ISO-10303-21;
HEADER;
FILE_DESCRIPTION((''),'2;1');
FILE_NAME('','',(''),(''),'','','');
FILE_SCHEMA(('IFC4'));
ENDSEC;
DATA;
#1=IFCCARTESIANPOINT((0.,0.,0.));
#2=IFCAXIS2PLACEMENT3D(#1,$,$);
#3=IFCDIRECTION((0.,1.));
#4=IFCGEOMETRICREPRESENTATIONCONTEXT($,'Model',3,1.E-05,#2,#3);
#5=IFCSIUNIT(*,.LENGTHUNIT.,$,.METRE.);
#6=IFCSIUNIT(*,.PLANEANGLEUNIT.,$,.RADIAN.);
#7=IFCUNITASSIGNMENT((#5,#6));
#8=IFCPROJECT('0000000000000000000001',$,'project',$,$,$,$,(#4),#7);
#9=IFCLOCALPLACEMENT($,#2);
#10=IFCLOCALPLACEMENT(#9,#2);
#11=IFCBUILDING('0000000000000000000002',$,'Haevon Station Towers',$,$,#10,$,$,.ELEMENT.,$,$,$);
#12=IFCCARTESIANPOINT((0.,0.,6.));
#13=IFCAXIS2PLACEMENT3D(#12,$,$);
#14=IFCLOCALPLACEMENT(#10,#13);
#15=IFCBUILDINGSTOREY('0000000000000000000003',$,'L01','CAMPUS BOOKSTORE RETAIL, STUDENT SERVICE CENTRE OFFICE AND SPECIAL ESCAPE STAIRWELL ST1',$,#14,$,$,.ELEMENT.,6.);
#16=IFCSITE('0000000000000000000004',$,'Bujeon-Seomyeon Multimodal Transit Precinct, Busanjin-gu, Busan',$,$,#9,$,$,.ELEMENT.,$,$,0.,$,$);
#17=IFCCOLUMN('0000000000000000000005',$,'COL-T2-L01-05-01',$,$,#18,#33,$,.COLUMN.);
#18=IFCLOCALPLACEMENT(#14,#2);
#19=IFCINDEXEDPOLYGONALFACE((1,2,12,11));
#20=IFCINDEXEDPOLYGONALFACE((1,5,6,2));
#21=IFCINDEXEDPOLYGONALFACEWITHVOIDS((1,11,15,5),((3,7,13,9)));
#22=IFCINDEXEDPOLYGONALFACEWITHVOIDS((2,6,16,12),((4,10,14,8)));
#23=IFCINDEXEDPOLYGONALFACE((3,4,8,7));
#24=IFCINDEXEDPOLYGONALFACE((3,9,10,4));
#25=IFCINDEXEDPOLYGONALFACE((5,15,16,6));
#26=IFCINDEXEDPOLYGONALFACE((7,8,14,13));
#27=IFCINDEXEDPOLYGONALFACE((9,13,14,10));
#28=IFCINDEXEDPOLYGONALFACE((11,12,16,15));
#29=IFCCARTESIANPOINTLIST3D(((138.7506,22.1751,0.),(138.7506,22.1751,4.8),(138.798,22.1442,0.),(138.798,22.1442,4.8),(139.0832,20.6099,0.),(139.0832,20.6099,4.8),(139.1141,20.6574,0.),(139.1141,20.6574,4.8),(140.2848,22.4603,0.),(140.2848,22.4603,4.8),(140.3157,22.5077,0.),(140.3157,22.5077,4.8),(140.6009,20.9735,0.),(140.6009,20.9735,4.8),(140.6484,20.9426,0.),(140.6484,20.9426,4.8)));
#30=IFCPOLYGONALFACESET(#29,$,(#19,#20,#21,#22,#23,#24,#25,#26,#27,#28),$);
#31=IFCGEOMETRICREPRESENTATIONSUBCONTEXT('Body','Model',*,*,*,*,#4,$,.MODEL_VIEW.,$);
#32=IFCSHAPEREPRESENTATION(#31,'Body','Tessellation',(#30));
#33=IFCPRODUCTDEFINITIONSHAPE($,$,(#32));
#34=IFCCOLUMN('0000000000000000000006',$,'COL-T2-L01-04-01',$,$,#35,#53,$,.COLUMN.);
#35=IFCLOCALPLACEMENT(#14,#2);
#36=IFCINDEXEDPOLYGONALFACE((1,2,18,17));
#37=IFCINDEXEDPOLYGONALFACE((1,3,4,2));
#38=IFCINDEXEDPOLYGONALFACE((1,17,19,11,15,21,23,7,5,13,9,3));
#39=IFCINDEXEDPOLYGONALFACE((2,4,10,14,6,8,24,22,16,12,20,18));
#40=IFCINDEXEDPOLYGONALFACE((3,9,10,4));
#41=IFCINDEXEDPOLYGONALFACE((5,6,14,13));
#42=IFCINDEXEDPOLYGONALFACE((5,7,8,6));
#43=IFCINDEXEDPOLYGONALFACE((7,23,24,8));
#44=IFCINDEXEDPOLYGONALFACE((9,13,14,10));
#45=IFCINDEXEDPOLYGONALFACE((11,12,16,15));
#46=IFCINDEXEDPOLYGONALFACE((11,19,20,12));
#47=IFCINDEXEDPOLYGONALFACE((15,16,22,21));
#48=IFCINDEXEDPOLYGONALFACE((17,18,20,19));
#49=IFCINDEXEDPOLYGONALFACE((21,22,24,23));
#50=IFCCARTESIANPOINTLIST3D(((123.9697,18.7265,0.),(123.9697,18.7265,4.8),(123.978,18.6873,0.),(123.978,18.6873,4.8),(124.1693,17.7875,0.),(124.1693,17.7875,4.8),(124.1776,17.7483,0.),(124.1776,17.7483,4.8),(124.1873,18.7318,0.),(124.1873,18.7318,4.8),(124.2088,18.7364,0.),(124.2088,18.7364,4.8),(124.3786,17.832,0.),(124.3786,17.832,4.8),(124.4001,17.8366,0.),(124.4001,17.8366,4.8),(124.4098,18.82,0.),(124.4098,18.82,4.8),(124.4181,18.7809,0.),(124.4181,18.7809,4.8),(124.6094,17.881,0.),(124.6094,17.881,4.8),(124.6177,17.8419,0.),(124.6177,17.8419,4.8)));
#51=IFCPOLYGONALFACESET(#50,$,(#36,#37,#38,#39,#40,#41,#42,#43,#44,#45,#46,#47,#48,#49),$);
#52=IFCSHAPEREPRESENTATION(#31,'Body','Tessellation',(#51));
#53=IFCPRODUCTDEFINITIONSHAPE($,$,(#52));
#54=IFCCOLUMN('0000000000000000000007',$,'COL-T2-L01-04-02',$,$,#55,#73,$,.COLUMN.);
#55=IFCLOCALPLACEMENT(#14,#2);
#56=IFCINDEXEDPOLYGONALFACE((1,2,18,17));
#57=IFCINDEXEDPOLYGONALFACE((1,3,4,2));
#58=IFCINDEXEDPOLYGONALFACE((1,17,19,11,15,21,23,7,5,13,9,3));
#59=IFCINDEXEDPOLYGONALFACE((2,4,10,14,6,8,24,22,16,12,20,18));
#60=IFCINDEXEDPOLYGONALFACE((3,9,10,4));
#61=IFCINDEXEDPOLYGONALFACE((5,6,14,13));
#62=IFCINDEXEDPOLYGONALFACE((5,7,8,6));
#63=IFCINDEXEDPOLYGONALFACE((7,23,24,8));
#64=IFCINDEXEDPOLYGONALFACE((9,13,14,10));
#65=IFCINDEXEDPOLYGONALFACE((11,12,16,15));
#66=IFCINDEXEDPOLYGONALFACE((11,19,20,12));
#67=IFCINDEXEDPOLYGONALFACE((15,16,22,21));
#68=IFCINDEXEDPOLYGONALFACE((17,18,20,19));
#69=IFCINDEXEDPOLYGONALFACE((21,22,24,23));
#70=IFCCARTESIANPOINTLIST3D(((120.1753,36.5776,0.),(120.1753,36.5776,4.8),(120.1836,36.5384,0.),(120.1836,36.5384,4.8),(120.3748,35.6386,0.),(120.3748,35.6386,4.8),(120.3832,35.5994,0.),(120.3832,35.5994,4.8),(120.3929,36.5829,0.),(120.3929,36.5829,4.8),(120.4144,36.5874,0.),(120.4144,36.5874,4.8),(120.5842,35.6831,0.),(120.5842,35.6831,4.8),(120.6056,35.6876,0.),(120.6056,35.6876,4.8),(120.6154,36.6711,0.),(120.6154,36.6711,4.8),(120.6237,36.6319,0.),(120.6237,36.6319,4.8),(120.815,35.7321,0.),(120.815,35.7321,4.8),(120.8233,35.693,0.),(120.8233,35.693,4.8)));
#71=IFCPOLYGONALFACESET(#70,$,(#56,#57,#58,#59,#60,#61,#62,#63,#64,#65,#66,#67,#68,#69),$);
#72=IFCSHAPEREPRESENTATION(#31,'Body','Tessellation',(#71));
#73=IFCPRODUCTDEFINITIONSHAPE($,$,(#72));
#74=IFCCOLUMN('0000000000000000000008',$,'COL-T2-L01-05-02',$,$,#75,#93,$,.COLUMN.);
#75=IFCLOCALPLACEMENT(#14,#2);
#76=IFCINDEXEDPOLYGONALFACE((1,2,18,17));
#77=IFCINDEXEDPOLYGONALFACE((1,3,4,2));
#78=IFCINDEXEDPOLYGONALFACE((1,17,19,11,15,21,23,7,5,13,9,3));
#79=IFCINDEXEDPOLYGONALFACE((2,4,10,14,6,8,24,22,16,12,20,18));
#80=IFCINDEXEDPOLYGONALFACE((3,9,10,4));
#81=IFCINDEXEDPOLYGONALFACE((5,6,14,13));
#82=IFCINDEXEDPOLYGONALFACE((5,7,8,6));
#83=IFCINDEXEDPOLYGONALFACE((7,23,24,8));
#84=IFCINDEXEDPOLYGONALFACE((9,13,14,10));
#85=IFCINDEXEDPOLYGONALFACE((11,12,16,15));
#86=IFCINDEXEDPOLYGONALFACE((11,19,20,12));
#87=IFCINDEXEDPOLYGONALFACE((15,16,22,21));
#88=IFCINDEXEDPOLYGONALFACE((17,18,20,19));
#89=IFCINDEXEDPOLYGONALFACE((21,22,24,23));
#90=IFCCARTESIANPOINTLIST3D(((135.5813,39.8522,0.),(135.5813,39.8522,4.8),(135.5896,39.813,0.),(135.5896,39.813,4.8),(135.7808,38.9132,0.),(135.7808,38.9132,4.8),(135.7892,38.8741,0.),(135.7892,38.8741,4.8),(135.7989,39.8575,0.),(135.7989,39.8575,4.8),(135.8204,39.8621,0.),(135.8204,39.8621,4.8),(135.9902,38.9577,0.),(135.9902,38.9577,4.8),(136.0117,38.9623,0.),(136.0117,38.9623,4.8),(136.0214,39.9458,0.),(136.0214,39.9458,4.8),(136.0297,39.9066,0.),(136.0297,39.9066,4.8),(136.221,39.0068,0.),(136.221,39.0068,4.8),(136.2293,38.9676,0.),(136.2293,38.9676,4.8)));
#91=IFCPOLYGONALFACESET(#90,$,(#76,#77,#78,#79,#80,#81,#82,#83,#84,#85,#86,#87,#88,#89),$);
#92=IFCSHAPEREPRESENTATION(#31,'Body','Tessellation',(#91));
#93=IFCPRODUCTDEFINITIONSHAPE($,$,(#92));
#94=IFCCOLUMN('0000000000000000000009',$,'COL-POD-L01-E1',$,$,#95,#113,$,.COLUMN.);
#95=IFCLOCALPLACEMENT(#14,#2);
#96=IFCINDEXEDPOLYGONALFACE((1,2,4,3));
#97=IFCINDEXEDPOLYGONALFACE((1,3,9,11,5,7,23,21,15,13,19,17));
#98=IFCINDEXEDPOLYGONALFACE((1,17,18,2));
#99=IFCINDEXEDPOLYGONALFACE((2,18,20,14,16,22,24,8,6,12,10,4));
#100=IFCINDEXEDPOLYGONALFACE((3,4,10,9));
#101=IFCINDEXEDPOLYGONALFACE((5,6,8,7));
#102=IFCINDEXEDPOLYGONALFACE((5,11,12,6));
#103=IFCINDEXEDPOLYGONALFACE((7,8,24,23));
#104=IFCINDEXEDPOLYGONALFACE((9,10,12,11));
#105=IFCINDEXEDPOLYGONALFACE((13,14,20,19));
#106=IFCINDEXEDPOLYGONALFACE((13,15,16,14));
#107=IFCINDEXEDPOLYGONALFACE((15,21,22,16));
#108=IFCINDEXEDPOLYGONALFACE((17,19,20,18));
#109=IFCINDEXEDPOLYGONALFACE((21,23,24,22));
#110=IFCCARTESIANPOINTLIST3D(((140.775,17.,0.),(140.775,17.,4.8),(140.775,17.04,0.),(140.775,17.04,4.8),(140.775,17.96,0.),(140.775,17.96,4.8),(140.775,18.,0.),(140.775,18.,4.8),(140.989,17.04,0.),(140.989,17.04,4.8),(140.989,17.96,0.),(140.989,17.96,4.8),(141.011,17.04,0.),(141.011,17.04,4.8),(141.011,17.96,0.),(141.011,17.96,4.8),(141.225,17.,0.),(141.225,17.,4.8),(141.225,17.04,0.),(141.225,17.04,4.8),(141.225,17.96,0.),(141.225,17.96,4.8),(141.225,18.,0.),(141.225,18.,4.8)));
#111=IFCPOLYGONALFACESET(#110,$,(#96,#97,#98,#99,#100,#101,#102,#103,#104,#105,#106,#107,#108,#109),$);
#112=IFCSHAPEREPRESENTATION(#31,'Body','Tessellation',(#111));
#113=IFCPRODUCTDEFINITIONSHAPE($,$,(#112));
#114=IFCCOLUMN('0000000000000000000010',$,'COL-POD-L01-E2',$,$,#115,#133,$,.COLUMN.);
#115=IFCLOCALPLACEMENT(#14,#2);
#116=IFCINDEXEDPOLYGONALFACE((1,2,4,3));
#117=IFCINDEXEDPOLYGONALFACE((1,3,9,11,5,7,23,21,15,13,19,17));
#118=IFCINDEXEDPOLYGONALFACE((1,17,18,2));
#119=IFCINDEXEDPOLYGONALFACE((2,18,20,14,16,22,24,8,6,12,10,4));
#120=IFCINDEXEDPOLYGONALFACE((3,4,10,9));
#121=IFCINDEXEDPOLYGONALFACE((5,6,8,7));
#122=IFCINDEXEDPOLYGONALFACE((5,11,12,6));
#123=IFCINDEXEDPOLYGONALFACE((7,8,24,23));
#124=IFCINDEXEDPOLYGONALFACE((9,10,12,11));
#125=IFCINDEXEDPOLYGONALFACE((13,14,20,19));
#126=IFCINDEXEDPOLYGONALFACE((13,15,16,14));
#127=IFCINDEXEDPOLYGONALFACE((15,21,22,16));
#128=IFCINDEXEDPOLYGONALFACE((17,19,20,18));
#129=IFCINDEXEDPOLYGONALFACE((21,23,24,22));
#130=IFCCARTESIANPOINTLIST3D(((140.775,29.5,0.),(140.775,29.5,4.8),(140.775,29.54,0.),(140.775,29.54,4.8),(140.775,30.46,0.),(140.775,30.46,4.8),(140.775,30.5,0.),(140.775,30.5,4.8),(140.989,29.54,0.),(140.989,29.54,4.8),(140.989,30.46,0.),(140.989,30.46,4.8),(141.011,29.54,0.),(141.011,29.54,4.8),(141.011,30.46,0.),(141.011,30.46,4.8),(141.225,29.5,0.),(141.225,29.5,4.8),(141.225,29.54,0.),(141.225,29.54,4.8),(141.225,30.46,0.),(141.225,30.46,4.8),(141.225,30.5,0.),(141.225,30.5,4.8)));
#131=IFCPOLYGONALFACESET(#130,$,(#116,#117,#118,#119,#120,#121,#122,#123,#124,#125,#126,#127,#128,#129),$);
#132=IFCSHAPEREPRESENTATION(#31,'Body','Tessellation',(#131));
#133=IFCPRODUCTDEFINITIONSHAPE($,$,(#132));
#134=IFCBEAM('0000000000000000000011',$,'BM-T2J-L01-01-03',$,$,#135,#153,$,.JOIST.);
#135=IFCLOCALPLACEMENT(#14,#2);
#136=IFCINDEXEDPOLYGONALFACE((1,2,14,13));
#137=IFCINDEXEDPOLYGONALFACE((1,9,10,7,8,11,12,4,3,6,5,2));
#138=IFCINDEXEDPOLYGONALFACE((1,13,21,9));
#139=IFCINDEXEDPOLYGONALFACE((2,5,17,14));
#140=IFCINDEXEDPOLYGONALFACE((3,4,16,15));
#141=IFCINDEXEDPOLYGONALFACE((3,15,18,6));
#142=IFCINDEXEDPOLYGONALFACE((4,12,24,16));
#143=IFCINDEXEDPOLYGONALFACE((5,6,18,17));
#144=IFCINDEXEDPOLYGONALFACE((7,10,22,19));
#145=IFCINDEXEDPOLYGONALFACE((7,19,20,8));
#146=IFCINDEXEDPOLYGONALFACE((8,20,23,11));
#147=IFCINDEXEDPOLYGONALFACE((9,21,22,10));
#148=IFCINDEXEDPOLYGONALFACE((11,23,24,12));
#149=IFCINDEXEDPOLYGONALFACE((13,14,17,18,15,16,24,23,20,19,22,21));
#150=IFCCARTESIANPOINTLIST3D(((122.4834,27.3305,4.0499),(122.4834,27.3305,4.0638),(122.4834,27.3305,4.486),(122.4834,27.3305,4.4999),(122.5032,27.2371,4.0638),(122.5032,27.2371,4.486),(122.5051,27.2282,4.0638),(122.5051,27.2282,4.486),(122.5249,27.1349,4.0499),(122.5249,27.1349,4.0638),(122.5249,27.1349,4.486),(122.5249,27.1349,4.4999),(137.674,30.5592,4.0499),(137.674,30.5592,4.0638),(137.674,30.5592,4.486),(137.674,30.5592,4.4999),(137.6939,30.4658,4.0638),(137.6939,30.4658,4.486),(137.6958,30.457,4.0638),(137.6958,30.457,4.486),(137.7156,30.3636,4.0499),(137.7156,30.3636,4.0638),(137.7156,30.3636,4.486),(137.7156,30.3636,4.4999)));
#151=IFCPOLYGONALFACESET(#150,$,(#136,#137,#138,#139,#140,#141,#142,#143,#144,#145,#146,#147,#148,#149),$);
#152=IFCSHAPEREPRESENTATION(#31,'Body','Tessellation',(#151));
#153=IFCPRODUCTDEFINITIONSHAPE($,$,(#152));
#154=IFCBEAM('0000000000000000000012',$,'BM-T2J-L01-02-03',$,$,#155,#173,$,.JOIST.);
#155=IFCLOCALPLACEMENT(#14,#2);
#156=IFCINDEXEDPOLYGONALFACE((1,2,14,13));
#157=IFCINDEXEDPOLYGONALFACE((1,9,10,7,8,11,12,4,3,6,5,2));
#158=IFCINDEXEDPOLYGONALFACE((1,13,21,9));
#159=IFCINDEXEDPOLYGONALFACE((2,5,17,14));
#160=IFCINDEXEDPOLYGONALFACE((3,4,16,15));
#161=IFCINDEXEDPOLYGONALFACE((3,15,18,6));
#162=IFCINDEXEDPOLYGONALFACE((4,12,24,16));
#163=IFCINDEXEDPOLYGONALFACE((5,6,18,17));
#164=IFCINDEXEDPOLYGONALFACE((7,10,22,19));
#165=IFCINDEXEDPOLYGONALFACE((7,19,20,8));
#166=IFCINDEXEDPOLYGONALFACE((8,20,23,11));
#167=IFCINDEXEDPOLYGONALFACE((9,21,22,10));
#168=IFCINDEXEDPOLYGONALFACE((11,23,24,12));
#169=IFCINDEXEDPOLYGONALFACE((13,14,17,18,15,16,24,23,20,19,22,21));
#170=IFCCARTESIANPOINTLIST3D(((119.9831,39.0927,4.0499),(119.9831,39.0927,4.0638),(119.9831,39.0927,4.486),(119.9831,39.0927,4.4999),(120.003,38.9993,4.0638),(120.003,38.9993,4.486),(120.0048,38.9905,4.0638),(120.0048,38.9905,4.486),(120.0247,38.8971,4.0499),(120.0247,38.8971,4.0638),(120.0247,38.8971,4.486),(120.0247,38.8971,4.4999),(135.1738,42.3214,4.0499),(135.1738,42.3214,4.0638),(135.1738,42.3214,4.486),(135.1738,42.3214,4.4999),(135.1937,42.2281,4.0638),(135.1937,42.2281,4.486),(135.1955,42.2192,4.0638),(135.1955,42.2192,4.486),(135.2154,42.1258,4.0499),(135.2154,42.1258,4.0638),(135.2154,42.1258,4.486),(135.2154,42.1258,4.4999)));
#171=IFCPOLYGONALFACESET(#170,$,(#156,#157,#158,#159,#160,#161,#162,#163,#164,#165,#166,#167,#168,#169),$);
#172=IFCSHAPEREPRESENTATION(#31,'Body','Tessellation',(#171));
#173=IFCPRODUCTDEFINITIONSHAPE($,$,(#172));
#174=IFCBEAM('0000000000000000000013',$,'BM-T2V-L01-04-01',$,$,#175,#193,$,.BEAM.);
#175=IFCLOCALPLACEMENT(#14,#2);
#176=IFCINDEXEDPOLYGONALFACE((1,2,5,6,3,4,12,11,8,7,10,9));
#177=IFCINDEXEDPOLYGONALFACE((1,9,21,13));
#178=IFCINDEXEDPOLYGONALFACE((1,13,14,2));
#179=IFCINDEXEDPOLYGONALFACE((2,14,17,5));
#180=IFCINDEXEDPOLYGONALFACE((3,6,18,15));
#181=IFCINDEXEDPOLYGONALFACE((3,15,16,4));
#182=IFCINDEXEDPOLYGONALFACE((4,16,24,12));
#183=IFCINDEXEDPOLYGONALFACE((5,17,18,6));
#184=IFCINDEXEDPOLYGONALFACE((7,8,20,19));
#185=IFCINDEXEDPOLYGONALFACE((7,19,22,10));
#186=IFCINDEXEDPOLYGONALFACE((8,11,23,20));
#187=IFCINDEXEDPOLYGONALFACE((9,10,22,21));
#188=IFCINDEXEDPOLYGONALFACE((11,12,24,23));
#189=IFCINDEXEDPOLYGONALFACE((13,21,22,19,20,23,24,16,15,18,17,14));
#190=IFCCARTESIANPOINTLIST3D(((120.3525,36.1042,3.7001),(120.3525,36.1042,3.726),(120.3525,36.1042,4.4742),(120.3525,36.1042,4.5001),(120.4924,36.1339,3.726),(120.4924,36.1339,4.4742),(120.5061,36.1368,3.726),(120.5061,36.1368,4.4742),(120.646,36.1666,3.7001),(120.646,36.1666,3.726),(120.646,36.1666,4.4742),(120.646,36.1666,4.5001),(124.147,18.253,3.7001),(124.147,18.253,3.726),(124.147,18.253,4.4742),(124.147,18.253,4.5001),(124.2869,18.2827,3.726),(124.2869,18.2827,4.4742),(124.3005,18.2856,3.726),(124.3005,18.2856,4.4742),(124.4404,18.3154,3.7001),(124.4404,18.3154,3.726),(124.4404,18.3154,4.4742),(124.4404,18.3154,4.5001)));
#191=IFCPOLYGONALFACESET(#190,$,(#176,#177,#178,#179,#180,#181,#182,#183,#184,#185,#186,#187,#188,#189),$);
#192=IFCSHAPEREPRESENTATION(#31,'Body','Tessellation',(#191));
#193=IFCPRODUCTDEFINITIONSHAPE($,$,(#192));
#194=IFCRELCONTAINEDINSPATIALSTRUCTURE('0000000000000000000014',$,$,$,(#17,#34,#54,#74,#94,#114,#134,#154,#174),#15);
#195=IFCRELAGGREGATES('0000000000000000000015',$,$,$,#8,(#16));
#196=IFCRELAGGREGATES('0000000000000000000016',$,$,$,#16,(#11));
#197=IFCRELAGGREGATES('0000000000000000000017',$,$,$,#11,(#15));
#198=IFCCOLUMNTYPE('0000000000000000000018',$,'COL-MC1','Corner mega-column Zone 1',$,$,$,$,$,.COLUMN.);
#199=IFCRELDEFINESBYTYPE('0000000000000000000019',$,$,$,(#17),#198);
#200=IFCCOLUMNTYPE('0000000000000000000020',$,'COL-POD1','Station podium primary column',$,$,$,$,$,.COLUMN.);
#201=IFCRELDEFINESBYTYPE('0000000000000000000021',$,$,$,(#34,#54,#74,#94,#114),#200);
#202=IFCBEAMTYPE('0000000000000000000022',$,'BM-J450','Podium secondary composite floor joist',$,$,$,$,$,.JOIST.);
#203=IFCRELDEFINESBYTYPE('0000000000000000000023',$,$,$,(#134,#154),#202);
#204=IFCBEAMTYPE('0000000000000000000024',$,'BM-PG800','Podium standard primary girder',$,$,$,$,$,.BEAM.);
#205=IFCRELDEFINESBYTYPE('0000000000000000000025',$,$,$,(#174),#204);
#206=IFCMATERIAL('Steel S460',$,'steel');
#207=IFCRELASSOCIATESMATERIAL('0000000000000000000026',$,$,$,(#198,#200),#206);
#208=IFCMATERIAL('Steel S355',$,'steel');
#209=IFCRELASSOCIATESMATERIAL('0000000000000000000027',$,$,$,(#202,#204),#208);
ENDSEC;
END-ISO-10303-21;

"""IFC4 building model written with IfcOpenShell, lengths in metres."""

from ifc_helpers import new_model, si_unit, direction, frame, origin, origin_2d, place, context, subcontext, project, spatial, hollow_rectangle, i_section, extrude, material, material_profile, profile_set, type_object, element, save


model = new_model("IFC4")

# Units and contexts
model_context = context("Model", 3, precision=1e-05, world=origin(), true_north=direction((0.0, 1.0)))
body_context = subcontext(model_context, "Body", "Model", "MODEL_VIEW")
ifc_project = project(units=[si_unit("LENGTHUNIT", "METRE"), si_unit("PLANEANGLEUNIT", "RADIAN")], contexts=[model_context])

# Site, building, storey
site_placement = place(None, origin())
site = spatial("IfcSite", under=ifc_project, at=site_placement, Name="Bujeon-Seomyeon Multimodal Transit Precinct, Busanjin-gu, Busan", CompositionType="ELEMENT", RefElevation=0.0)
building_placement = place(site_placement, origin())
building = spatial("IfcBuilding", under=site, at=building_placement, Name="Haevon Station Towers", CompositionType="ELEMENT")
storey_placement = place(building_placement, frame((0.0, 0.0, 6.0)))
storey = spatial("IfcBuildingStorey", under=building, at=storey_placement, Name="L01", Description="CAMPUS BOOKSTORE RETAIL, STUDENT SERVICE CENTRE OFFICE AND SPECIAL ESCAPE STAIRWELL ST1", CompositionType="ELEMENT", Elevation=6.0)

# Columns
ifc_material_1 = material(Name="Steel S460", Category="steel")
ifc_material_profile_1 = material_profile(ifc_material_1, hollow_rectangle(XDim=1.6001, YDim=1.6001, WallThickness=0.04, at=origin_2d()), Name="BOX-1600x1600x40")
ifc_profile_set_1 = profile_set([ifc_material_profile_1], Name="Steel S460")
column_type_1 = type_object("IfcColumnType", Name="COL-MC1", Description="Corner mega-column Zone 1", PredefinedType="COLUMN", material=ifc_profile_set_1)
column_placement = place(storey_placement, frame((139.6995, 21.5588, 0.0), z_axis=(0.0, 0.0, 1.0), x_axis=(0.978148, 0.207912, 0.0)))
element("IfcColumn", 1, at=column_placement, inside=storey, type_object=column_type_1, Name="COL-T2-L01-05-01", PredefinedType="COLUMN", context=body_context, shape_type="SweptSolid", body=[
    extrude(hollow_rectangle(XDim=1.6001, YDim=1.6001, WallThickness=0.04, at=origin_2d()), origin(), (0.0, 0.0, 1.0), 4.8),
])
ifc_material_profile_2 = material_profile(ifc_material_1, i_section(OverallWidth=0.45, OverallDepth=1.0, WebThickness=0.022, FlangeThickness=0.04, at=origin_2d()), Name="H-1000x450x22x40")
ifc_profile_set_2 = profile_set([ifc_material_profile_2], Name="Steel S460")
column_type_2 = type_object("IfcColumnType", Name="COL-POD1", Description="Station podium primary column", PredefinedType="COLUMN", material=ifc_profile_set_2)
for number, where, z_axis, x_axis, name in (
    (2, (124.2937, 18.2842, 0.0), (0.0, 0.0, 1.0), (0.978148, 0.207912, 0.0), "COL-T2-L01-04-01"),
    (3, (120.4993, 36.1353, 0.0), (0.0, 0.0, 1.0), (0.978148, 0.207912, 0.0), "COL-T2-L01-04-02"),
    (4, (135.9053, 39.4099, 0.0), (0.0, 0.0, 1.0), (0.978148, 0.207912, 0.0), "COL-T2-L01-05-02"),
    (5, (141.0, 17.5, 0.0), (0.0, 0.0, 1.0), (1.0, 0.0, 0.0), "COL-POD-L01-E1"),
    (6, (141.0, 30.0, 0.0), (0.0, 0.0, 1.0), (1.0, 0.0, 0.0), "COL-POD-L01-E2"),
):
    element("IfcColumn", number, at=place(storey_placement, frame(where, z_axis=z_axis, x_axis=x_axis)), inside=storey, type_object=column_type_2, Name=name, PredefinedType="COLUMN", context=body_context, shape_type="SweptSolid", body=[
        extrude(i_section(OverallWidth=0.45, OverallDepth=1.0, WebThickness=0.022, FlangeThickness=0.04, at=origin_2d()), origin(), (0.0, 0.0, 1.0), 4.8),
    ])

# Beams
ifc_material_2 = material(Name="Steel S355", Category="steel")
ifc_material_profile_3 = material_profile(ifc_material_2, i_section(OverallWidth=0.2, OverallDepth=0.45, WebThickness=0.009, FlangeThickness=0.0139, at=origin_2d()), Name="H-450x200x9x14")
ifc_profile_set_3 = profile_set([ifc_material_profile_3], Name="Steel S355")
beam_type_1 = type_object("IfcBeamType", Name="BM-J450", Description="Podium secondary composite floor joist", PredefinedType="JOIST", material=ifc_profile_set_3)
for number, where, z_axis, x_axis, name in (
    (7, (122.5042, 27.2327, 4.2749), (0.978149, 0.207904, 0.0), (-0.207904, 0.978149, 0.0), "BM-T2J-L01-01-03"),
    (8, (120.0039, 38.9949, 4.2749), (0.978149, 0.207904, 0.0), (-0.207904, 0.978149, 0.0), "BM-T2J-L01-02-03"),
):
    element("IfcBeam", number, at=place(storey_placement, frame(where, z_axis=z_axis, x_axis=x_axis)), inside=storey, type_object=beam_type_1, Name=name, PredefinedType="JOIST", context=body_context, shape_type="SweptSolid", body=[
        extrude(i_section(OverallWidth=0.2, OverallDepth=0.45, WebThickness=0.009, FlangeThickness=0.0139, at=origin_2d()), origin(), (0.0, 0.0, 1.0), 15.53),
    ])
ifc_material_profile_4 = material_profile(ifc_material_2, i_section(OverallWidth=0.3, OverallDepth=0.8, WebThickness=0.0139, FlangeThickness=0.0259, at=origin_2d()), Name="H-800x300x14x26")
ifc_profile_set_4 = profile_set([ifc_material_profile_4], Name="Steel S355")
beam_type_2 = type_object("IfcBeamType", Name="BM-PG800", Description="Podium standard primary girder", PredefinedType="BEAM", material=ifc_profile_set_4)
beam_1_placement = place(storey_placement, frame((124.2937, 18.2842, 4.1001), z_axis=(-0.207915, 0.978147, 0.0), x_axis=(-0.978147, -0.207915, 0.0)))
element("IfcBeam", 9, at=beam_1_placement, inside=storey, type_object=beam_type_2, Name="BM-T2V-L01-04-01", PredefinedType="BEAM", context=body_context, shape_type="SweptSolid", body=[
    extrude(i_section(OverallWidth=0.3, OverallDepth=0.8, WebThickness=0.0139, FlangeThickness=0.0259, at=origin_2d()), origin(), (0.0, 0.0, 1.0), 18.25),
])

save(model, "model.ifc")
